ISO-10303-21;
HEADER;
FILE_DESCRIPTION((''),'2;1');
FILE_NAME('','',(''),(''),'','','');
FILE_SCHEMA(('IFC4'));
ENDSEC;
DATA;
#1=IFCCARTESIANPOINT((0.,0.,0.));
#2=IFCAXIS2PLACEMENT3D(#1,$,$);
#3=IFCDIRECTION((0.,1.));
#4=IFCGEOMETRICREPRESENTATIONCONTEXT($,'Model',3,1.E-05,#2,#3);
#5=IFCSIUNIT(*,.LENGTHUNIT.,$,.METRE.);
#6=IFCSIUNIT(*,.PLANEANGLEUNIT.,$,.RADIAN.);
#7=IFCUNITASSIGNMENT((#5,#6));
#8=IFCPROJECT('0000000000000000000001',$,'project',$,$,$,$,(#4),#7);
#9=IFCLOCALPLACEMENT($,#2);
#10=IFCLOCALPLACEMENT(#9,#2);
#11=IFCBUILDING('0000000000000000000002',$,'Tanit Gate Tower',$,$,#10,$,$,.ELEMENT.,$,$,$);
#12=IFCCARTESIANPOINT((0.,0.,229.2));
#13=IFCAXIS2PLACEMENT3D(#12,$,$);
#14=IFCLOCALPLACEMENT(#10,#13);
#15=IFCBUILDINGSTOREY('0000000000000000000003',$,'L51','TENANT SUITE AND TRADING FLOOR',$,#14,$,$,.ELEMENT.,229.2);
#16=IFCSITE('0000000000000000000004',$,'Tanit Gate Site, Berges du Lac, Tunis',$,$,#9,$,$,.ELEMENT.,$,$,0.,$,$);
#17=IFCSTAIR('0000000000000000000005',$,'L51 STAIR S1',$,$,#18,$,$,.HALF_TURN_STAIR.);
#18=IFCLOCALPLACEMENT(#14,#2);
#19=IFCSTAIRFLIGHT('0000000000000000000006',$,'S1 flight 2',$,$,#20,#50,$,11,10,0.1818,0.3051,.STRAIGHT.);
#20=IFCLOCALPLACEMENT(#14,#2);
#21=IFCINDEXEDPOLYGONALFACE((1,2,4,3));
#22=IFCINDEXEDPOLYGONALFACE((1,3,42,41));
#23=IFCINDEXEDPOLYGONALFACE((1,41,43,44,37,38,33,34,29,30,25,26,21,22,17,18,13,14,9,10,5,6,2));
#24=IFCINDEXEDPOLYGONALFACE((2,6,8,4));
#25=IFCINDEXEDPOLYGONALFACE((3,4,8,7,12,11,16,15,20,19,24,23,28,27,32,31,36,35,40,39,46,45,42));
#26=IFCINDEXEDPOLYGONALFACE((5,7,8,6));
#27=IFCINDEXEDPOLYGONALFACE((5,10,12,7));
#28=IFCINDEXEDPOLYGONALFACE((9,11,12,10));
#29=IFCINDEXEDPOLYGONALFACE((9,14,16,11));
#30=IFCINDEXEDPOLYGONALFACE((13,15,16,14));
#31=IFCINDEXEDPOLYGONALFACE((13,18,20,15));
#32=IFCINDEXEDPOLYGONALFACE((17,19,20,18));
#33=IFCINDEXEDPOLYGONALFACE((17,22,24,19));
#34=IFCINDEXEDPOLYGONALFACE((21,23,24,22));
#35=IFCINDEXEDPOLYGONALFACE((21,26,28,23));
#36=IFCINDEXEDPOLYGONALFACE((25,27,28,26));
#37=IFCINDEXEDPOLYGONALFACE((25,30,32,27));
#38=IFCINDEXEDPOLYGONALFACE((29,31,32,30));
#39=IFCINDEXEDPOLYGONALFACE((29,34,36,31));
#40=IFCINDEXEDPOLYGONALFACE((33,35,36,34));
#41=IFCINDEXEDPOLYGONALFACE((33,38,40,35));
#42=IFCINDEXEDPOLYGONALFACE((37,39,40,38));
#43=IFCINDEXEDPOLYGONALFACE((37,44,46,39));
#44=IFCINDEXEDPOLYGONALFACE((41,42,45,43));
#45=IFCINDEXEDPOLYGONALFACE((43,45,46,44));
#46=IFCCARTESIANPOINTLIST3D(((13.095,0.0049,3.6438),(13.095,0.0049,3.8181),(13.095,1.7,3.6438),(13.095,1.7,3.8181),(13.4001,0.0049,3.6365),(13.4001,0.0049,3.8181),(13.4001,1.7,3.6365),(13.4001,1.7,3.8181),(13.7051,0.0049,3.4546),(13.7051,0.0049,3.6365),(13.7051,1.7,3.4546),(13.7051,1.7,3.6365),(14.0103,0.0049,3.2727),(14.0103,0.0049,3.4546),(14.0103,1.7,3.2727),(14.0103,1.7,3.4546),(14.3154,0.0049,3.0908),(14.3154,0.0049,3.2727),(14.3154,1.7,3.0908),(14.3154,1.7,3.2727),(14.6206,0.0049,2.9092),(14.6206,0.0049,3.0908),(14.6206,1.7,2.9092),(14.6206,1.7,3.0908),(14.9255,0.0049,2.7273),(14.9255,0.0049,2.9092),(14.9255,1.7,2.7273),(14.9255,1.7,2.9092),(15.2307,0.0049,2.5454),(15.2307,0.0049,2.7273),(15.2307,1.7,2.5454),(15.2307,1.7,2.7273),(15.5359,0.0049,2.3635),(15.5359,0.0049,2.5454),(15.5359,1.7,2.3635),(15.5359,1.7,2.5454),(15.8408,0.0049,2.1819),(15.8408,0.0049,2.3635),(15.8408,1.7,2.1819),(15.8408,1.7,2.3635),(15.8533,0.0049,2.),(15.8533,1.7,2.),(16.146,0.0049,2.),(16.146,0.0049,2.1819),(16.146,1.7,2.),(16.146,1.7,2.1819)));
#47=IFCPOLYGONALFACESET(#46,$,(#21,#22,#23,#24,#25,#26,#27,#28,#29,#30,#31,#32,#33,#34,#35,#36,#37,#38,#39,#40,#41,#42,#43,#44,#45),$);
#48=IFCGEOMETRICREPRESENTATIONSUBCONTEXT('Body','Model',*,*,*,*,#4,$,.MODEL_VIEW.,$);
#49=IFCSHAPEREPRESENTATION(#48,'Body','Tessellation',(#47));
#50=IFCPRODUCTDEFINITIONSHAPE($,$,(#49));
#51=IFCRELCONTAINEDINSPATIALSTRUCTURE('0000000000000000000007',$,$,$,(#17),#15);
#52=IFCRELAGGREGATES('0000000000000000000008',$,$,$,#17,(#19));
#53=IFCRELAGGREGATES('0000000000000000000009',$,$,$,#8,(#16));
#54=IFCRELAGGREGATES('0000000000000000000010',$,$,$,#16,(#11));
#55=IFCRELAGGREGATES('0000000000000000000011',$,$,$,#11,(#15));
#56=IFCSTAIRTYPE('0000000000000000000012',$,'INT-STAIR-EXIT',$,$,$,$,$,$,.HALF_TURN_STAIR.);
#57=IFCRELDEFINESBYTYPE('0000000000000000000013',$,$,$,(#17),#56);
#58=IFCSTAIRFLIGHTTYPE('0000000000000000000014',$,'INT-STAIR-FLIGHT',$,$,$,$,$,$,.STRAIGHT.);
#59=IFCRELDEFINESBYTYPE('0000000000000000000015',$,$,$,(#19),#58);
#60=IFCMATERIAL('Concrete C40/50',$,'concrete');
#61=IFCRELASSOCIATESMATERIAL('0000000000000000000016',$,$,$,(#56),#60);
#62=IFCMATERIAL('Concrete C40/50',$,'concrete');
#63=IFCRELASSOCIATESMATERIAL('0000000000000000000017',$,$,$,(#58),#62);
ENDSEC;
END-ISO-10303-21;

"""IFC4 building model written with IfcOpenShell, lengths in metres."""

from ifc_helpers import new_model, si_unit, direction, frame, origin, place, context, subcontext, project, spatial, polyline, outline, extrude, material, type_object, element, aggregate, save


model = new_model("IFC4")

# Units and contexts
model_context = context("Model", 3, precision=1e-05, world=origin(), true_north=direction((0.0, 1.0)))
body_context = subcontext(model_context, "Body", "Model", "MODEL_VIEW")
ifc_project = project(units=[si_unit("LENGTHUNIT", "METRE"), si_unit("PLANEANGLEUNIT", "RADIAN")], contexts=[model_context])

# Site, building, storey
site_placement = place(None, origin())
site = spatial("IfcSite", under=ifc_project, at=site_placement, Name="Tanit Gate Site, Berges du Lac, Tunis", CompositionType="ELEMENT", RefElevation=0.0)
building_placement = place(site_placement, origin())
building = spatial("IfcBuilding", under=site, at=building_placement, Name="Tanit Gate Tower", CompositionType="ELEMENT")
storey_placement = place(building_placement, frame((0.0, 0.0, 229.2)))
storey = spatial("IfcBuildingStorey", under=building, at=storey_placement, Name="L51", Description="TENANT SUITE AND TRADING FLOOR", CompositionType="ELEMENT", Elevation=229.2)

# Stair, stair flight
ifc_material_1 = material(Name="Concrete C40/50", Category="concrete")
stair_type = type_object("IfcStairType", Name="INT-STAIR-EXIT", PredefinedType="HALF_TURN_STAIR", material=ifc_material_1)
stair_placement = place(storey_placement, origin())
stair = element("IfcStair", 1, at=stair_placement, inside=storey, type_object=stair_type, Name="L51 STAIR S1", PredefinedType="HALF_TURN_STAIR")
ifc_material_2 = material(Name="Concrete C40/50", Category="concrete")
stair_flight_type = type_object("IfcStairFlightType", Name="INT-STAIR-FLIGHT", PredefinedType="STRAIGHT", material=ifc_material_2)
stair_flight_placement = place(storey_placement, frame((16.146, 0.8525, 2.0), z_axis=(0.0, 0.0, 1.0), x_axis=(-1.0, 0.0, 0.0)))
stair_flight = element("IfcStairFlight", 2, at=stair_flight_placement, type_object=stair_flight_type, Name="S1 flight 2", NumberOfRisers=11, NumberOfTreads=10, PredefinedType="STRAIGHT", RiserHeight=0.1818, TreadLength=0.3051, context=body_context, shape_type="SweptSolid", body=[
    extrude(outline(polyline([(0.0, 0.0), (0.0, 0.1819), (0.3052, 0.1819), (0.3052, 0.3635), (0.6101, 0.3635), (0.6101, 0.5454), (0.9153, 0.5454), (0.9153, 0.7273), (1.2205, 0.7273), (1.2205, 0.9092), (1.5254, 0.9092), (1.5254, 1.0908), (1.8306, 1.0908), (1.8306, 1.2727), (2.1357, 1.2727), (2.1357, 1.4546), (2.4409, 1.4546), (2.4409, 1.6365), (2.7458, 1.6365), (2.7458, 1.8181), (3.051, 1.8181), (3.051, 2.0), (3.051, 1.6438), (0.2927, 0.0), (0.0, 0.0)])), frame((0.0, 0.8477, 0.0), z_axis=(0.0, -1.0, 0.0), x_axis=(1.0, 0.0, 0.0)), (0.0, 0.0, 1.0), 1.6951),
])
aggregate(stair, [stair_flight])

save(model, "model.ifc")
